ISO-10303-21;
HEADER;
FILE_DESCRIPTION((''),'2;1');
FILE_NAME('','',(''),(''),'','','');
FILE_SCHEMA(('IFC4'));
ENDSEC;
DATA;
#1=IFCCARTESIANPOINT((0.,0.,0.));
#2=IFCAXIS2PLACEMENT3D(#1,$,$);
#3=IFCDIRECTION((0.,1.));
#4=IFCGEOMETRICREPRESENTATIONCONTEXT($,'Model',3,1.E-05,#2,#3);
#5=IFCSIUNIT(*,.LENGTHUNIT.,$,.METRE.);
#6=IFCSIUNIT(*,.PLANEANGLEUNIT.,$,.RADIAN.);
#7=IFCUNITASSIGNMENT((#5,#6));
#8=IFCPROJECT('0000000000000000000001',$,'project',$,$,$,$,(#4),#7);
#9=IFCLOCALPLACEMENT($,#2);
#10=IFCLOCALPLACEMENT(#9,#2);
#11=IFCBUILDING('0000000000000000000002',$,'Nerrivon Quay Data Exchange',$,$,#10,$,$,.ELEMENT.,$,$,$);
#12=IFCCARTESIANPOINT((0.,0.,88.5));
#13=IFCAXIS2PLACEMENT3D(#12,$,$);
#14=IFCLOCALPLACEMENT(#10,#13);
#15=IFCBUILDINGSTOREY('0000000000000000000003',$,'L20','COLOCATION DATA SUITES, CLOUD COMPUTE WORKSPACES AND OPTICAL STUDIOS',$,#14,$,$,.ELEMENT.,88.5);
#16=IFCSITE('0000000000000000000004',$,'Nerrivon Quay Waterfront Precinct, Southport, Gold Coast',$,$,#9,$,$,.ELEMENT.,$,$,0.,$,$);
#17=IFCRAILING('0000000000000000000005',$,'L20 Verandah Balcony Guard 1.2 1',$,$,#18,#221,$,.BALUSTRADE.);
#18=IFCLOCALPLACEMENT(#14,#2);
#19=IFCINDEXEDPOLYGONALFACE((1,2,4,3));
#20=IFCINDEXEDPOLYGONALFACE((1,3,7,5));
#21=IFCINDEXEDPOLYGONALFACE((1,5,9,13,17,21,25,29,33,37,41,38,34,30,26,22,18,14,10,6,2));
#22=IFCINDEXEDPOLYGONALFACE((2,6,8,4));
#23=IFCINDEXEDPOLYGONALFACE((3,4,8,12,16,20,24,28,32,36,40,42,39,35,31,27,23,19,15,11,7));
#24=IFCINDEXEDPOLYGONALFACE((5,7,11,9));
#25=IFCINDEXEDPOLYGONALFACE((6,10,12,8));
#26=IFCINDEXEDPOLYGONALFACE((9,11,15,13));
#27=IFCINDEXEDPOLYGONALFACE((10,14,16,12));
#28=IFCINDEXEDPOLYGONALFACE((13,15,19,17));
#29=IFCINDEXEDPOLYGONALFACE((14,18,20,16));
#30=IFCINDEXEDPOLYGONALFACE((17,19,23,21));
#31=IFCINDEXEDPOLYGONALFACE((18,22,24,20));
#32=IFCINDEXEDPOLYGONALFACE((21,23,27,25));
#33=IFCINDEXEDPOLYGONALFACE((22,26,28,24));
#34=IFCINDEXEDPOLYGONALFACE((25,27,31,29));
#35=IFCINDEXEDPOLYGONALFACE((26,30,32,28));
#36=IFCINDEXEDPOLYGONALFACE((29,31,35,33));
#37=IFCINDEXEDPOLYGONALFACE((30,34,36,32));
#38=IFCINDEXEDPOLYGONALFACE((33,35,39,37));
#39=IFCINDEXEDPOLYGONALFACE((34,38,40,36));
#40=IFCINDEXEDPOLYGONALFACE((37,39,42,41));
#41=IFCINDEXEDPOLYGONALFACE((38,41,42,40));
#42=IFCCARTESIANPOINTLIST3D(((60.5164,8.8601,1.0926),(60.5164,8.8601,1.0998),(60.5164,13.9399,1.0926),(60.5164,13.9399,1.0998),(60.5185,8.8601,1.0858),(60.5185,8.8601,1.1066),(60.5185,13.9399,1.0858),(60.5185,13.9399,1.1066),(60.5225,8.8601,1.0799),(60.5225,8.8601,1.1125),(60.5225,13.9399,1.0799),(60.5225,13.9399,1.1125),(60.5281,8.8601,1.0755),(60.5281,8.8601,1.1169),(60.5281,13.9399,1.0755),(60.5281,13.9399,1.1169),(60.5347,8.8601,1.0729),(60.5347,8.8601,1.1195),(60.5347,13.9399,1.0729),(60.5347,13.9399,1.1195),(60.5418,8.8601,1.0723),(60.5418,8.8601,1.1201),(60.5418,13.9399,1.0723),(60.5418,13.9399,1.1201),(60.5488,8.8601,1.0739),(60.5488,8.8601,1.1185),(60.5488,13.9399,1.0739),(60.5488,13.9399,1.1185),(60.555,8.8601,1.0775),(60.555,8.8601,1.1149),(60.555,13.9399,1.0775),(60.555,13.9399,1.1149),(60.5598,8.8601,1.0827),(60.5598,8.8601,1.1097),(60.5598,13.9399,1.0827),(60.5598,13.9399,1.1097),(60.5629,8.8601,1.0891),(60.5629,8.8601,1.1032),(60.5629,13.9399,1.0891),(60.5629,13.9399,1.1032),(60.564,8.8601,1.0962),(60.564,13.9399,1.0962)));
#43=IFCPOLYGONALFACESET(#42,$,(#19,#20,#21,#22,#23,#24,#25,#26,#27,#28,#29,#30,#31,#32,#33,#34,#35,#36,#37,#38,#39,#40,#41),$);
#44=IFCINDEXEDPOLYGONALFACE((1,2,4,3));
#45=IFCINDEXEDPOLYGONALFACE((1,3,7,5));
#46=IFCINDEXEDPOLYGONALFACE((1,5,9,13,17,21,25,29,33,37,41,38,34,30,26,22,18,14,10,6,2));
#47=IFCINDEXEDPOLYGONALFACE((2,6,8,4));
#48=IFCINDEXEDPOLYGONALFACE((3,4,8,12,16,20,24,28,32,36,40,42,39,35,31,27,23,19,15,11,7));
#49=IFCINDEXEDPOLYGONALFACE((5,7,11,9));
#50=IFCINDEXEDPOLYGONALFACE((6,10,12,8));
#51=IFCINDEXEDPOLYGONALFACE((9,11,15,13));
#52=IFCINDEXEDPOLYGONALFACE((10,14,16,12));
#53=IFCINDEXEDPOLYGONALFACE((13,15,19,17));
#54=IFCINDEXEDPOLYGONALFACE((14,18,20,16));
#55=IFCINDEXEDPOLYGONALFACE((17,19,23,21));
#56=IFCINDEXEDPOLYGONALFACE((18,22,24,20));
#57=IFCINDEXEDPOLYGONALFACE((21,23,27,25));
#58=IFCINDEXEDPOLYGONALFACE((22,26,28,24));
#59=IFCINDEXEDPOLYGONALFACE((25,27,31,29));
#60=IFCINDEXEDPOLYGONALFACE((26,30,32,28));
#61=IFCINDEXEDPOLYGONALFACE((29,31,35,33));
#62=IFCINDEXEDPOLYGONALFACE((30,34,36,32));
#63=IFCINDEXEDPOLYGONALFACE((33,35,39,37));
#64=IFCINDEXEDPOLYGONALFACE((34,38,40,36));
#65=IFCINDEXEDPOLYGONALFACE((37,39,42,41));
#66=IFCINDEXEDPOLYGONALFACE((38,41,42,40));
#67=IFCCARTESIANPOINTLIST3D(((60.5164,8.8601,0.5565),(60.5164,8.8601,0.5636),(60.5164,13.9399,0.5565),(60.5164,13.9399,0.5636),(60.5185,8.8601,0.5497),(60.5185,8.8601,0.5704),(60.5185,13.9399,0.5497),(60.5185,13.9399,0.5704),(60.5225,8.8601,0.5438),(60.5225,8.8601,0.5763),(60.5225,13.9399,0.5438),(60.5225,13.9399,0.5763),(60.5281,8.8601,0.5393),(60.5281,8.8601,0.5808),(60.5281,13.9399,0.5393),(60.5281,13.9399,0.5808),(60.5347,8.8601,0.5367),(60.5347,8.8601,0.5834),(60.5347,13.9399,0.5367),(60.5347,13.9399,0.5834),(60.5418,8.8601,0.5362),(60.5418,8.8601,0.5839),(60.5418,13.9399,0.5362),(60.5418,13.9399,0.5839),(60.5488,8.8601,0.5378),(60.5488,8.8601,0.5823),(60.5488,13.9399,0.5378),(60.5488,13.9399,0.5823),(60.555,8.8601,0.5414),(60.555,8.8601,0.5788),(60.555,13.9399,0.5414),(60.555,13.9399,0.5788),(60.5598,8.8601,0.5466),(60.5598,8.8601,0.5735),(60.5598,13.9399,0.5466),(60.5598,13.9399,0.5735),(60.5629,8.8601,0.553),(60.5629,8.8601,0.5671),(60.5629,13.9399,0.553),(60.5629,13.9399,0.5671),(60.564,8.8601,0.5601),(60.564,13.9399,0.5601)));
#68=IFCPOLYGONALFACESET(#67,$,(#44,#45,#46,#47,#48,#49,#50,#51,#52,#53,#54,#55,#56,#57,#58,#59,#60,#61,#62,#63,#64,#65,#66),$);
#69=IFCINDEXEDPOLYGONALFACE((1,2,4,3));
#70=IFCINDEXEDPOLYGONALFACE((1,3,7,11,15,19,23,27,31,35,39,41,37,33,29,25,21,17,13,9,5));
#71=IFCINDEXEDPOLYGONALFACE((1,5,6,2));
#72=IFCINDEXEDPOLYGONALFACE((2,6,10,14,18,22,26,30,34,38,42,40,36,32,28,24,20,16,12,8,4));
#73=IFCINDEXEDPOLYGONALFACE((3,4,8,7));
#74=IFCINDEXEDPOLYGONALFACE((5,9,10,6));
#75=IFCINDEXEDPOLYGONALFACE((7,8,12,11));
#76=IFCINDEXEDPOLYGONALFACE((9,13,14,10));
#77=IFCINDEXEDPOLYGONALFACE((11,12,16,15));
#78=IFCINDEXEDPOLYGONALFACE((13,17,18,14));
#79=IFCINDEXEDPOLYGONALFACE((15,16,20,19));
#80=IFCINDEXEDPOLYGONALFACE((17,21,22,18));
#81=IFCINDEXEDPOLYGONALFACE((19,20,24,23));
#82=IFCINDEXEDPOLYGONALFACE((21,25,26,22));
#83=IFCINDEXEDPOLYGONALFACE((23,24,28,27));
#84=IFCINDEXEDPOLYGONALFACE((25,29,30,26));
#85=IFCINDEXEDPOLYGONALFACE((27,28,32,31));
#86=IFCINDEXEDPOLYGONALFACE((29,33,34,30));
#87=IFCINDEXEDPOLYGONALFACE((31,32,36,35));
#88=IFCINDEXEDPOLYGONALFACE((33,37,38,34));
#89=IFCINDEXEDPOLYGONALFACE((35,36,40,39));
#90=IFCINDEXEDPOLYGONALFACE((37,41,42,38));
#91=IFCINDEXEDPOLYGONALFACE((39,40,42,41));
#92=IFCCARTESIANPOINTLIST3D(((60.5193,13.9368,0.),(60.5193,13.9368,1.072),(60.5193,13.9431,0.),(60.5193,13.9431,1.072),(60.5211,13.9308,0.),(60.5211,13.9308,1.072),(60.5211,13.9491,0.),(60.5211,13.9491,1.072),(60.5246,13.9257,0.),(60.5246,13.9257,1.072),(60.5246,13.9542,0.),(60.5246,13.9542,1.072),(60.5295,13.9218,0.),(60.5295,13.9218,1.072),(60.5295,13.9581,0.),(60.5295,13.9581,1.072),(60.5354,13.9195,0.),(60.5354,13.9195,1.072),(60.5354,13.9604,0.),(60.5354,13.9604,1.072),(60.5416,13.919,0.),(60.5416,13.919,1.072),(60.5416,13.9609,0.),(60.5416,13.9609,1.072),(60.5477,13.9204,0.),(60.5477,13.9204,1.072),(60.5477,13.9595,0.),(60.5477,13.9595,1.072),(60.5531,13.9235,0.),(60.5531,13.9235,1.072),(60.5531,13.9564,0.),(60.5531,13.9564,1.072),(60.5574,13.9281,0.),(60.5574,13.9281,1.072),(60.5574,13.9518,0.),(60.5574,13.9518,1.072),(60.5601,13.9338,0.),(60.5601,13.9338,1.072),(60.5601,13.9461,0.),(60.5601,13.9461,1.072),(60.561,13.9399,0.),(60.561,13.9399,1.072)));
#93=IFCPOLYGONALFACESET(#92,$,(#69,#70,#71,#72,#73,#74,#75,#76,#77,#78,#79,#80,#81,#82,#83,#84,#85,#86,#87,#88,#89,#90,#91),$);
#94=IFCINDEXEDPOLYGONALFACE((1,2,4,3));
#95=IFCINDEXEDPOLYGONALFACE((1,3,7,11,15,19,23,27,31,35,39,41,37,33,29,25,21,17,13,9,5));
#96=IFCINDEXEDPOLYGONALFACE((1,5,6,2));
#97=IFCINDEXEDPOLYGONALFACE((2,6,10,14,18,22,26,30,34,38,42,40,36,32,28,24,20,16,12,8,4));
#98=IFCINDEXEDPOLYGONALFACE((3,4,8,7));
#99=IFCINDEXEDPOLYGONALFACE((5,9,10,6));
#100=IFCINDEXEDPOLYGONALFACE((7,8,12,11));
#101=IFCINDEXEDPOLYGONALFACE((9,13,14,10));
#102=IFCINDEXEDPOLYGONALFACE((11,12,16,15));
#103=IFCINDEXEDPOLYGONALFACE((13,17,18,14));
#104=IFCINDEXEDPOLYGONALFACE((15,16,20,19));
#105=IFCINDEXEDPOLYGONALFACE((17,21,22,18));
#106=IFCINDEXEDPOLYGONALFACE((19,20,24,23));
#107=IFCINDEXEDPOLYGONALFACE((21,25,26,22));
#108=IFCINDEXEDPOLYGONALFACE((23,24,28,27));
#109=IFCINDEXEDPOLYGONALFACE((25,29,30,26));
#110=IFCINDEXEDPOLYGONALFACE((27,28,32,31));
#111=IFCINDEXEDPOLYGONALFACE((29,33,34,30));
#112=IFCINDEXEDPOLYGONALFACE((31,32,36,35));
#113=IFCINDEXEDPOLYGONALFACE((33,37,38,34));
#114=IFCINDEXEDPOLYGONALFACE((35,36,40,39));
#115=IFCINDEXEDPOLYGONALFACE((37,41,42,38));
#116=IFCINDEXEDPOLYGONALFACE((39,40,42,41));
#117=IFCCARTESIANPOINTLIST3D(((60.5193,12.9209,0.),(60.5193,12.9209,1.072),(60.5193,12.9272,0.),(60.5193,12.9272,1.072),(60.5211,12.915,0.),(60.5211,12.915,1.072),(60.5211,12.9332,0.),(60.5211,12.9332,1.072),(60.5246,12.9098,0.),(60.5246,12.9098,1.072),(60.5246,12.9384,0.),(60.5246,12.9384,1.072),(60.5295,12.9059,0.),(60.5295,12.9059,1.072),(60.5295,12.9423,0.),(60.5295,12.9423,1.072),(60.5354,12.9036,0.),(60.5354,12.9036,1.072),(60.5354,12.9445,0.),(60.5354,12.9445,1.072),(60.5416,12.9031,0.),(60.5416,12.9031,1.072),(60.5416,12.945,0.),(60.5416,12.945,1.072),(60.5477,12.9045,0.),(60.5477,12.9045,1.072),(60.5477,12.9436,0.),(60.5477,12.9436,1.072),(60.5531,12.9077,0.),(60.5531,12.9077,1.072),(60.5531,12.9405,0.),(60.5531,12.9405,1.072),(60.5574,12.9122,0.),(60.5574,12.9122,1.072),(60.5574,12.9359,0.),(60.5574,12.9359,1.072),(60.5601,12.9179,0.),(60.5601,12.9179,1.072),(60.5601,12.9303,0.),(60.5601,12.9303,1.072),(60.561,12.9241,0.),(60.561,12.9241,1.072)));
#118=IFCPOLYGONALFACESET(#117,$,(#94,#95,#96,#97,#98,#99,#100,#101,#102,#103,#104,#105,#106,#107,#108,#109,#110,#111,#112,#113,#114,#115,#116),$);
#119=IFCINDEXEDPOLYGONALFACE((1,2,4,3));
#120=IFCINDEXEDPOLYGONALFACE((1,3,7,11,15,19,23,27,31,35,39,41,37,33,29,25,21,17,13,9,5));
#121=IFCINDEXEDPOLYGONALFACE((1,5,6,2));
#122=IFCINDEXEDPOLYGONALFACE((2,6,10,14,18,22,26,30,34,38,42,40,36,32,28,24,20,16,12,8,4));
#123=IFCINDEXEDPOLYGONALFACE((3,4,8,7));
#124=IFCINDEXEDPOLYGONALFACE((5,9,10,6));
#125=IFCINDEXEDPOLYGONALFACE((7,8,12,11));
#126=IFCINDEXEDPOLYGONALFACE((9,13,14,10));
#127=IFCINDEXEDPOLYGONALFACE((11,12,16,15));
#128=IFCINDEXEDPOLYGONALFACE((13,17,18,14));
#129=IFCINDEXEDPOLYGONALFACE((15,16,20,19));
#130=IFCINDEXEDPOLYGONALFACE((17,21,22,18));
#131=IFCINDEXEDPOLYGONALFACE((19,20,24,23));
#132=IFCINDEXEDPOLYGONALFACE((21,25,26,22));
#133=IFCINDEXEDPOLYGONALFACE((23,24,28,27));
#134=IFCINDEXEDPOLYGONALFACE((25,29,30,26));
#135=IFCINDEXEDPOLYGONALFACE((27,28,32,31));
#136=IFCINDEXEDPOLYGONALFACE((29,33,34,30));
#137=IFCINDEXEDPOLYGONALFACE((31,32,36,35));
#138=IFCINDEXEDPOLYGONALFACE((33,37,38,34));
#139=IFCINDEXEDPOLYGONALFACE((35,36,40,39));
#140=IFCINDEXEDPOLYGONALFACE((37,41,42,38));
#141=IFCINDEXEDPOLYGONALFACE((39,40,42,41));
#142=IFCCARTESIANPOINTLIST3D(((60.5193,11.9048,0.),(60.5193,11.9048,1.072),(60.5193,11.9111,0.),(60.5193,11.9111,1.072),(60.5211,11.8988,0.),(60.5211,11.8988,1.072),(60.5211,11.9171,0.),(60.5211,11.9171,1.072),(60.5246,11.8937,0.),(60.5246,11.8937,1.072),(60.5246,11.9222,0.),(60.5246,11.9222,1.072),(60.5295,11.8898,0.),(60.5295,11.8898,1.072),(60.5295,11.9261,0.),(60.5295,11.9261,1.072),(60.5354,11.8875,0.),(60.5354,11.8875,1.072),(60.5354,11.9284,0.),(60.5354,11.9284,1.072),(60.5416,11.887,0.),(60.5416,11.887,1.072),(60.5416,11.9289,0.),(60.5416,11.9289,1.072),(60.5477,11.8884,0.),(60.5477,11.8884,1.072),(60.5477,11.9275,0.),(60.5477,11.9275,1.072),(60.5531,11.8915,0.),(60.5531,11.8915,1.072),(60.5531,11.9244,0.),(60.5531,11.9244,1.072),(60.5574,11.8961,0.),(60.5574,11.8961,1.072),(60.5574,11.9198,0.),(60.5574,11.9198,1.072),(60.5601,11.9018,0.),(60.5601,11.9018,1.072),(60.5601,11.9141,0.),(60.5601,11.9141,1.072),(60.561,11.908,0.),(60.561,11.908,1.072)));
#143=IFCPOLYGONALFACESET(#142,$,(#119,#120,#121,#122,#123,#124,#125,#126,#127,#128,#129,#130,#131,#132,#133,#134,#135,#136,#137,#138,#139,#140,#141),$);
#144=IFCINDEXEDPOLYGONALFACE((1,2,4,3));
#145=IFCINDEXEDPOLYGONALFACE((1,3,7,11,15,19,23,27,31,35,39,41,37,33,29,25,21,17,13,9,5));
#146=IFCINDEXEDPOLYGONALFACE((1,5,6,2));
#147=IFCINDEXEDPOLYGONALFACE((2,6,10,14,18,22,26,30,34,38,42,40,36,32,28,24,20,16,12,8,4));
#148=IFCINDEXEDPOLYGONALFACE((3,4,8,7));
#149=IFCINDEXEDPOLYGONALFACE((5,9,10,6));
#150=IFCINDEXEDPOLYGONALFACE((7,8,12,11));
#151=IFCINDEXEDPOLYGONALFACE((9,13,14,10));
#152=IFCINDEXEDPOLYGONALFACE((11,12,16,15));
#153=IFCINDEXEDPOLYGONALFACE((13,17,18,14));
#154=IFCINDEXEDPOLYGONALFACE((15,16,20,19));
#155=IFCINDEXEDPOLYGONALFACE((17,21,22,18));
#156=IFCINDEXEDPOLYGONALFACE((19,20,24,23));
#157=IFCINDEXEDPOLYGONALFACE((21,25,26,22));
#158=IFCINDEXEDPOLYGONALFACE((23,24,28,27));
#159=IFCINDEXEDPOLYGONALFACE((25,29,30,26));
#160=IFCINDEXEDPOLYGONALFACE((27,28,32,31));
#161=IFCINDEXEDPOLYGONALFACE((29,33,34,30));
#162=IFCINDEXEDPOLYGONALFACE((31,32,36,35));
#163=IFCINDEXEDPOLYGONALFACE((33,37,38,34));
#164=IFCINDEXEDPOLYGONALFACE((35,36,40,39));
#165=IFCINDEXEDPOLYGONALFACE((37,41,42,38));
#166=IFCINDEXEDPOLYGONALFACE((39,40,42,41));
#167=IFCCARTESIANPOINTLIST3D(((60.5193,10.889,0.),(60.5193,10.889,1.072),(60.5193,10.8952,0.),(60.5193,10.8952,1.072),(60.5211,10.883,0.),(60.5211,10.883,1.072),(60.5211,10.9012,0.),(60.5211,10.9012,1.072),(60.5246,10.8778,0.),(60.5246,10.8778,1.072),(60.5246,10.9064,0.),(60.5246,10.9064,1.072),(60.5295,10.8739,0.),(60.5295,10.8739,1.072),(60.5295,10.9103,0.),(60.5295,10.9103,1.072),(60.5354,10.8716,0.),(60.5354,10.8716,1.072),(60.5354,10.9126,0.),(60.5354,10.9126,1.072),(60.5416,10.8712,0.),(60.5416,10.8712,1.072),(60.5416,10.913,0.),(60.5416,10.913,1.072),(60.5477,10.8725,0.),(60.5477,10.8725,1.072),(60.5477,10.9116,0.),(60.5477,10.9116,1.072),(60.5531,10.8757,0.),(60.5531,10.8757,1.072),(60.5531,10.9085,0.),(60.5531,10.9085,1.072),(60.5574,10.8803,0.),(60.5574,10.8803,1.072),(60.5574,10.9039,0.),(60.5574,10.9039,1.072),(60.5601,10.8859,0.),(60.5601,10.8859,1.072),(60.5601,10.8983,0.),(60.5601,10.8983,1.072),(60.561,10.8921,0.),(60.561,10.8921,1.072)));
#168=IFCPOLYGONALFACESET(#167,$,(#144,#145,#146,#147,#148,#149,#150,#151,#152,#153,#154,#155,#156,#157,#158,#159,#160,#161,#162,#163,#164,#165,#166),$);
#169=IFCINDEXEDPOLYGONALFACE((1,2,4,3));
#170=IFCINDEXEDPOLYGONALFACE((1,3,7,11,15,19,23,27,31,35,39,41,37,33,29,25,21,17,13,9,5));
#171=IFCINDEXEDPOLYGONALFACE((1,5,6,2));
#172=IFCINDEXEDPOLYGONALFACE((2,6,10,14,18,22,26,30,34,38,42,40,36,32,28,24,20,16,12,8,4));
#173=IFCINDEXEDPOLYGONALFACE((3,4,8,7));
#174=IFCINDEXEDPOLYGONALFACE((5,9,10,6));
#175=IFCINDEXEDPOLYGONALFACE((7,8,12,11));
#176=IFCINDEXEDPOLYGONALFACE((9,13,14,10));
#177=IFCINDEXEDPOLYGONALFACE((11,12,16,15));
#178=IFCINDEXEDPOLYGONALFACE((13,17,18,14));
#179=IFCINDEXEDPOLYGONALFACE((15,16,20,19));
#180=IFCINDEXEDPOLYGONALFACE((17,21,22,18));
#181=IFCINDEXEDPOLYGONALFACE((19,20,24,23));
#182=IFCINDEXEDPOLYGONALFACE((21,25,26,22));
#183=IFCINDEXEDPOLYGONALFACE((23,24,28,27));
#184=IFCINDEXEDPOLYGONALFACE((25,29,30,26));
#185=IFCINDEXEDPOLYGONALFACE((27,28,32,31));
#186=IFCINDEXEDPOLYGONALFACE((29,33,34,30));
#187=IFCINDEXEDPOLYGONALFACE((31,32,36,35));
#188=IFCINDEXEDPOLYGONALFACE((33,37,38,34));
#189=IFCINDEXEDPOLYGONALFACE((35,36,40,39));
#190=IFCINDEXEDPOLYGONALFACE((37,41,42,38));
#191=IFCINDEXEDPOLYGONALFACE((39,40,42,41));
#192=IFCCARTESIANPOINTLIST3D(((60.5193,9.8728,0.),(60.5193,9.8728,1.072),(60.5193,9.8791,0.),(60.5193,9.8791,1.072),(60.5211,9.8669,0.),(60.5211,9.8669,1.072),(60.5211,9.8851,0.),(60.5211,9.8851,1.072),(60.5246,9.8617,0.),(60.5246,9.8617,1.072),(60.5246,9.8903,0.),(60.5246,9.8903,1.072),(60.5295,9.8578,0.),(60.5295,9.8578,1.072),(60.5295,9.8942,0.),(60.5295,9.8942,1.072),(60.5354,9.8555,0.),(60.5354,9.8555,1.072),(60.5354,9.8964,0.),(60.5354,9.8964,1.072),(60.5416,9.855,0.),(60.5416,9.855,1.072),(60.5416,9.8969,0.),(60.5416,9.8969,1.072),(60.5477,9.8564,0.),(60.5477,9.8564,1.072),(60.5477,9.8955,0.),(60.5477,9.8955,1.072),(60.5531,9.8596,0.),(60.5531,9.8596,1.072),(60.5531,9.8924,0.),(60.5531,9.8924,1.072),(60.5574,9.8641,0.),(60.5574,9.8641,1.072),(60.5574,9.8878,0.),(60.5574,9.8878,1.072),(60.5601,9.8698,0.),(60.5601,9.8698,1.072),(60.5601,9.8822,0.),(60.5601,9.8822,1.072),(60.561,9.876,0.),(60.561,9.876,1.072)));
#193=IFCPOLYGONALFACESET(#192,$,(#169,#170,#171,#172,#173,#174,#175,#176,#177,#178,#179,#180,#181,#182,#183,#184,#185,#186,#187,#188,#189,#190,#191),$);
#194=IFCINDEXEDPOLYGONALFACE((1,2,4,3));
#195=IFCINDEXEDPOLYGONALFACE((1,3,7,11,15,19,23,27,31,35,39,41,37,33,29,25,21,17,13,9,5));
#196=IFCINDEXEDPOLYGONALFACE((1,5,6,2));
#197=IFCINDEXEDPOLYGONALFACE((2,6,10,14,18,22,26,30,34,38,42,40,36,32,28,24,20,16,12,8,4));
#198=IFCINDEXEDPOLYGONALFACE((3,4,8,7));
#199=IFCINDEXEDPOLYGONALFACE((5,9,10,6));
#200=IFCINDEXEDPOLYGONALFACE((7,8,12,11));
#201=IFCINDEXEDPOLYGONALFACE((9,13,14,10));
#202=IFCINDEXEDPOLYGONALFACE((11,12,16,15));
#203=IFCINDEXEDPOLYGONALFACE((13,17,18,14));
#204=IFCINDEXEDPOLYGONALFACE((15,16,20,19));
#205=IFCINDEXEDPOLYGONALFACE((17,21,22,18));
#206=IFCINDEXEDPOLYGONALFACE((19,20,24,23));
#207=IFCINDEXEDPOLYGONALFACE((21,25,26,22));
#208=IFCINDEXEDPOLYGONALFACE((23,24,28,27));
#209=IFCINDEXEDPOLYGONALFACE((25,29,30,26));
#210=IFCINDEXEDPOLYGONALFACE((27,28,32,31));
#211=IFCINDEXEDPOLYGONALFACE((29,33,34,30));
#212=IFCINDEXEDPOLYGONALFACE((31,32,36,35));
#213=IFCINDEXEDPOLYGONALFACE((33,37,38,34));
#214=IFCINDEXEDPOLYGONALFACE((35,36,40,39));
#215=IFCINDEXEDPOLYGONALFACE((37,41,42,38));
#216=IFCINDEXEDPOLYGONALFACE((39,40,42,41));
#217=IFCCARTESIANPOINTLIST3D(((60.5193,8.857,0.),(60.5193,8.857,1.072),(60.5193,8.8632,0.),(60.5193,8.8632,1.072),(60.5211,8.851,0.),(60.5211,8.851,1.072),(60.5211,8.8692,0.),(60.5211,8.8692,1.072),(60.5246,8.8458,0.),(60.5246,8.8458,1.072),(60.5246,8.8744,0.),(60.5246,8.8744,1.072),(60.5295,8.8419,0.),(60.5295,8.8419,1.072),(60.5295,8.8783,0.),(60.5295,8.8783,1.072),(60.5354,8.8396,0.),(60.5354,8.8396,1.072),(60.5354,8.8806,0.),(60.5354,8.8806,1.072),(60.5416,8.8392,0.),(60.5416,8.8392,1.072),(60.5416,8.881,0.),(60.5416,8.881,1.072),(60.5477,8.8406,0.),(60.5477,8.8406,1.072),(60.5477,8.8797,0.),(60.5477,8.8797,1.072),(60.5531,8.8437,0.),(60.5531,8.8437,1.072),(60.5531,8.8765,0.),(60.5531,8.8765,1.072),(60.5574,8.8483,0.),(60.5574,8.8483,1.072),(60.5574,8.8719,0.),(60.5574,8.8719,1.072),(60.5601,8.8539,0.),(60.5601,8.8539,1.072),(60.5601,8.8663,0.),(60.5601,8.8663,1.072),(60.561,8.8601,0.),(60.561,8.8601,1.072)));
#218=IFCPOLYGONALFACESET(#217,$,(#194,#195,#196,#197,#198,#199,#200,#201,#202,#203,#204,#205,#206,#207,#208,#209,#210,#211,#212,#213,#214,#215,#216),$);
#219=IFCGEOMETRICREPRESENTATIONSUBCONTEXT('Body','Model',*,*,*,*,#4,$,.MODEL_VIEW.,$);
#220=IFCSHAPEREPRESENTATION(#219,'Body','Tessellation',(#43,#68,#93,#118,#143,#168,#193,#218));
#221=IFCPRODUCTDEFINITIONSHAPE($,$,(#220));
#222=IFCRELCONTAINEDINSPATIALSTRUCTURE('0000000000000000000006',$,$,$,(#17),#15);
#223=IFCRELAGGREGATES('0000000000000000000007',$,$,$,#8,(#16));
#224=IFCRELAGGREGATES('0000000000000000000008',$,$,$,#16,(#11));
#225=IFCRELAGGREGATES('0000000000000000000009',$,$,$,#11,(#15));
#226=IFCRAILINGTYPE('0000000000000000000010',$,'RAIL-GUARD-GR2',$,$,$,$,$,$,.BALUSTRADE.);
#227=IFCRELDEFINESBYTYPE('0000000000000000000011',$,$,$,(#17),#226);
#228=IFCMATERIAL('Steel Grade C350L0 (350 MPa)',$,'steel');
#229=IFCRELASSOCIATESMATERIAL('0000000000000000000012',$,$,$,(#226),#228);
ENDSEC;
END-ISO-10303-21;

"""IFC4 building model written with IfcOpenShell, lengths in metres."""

from ifc_helpers import new_model, si_unit, direction, frame, origin, origin_2d, place, context, subcontext, project, spatial, circle, extrude, material, type_object, element, save


model = new_model("IFC4")

# Units and contexts
model_context = context("Model", 3, precision=1e-05, world=origin(), true_north=direction((0.0, 1.0)))
body_context = subcontext(model_context, "Body", "Model", "MODEL_VIEW")
ifc_project = project(units=[si_unit("LENGTHUNIT", "METRE"), si_unit("PLANEANGLEUNIT", "RADIAN")], contexts=[model_context])

# Site, building, storey
site_placement = place(None, origin())
site = spatial("IfcSite", under=ifc_project, at=site_placement, Name="Nerrivon Quay Waterfront Precinct, Southport, Gold Coast", CompositionType="ELEMENT", RefElevation=0.0)
building_placement = place(site_placement, origin())
building = spatial("IfcBuilding", under=site, at=building_placement, Name="Nerrivon Quay Data Exchange", CompositionType="ELEMENT")
storey_placement = place(building_placement, frame((0.0, 0.0, 88.5)))
storey = spatial("IfcBuildingStorey", under=building, at=storey_placement, Name="L20", Description="COLOCATION DATA SUITES, CLOUD COMPUTE WORKSPACES AND OPTICAL STUDIOS", CompositionType="ELEMENT", Elevation=88.5)

# Railing
ifc_material_1 = material(Name="Steel Grade C350L0 (350 MPa)", Category="steel")
railing_type = type_object("IfcRailingType", Name="RAIL-GUARD-GR2", PredefinedType="BALUSTRADE", material=ifc_material_1)
railing_1_placement = place(storey_placement, frame((60.54, 13.9399, 0.0)))
element("IfcRailing", 1, at=railing_1_placement, inside=storey, type_object=railing_type, Name="L20 Verandah Balcony Guard 1.2 1", PredefinedType="BALUSTRADE", context=body_context, shape_type="SweptSolid", body=[
    extrude(circle(Radius=0.0239, at=origin_2d()), frame((0.0, 0.0, 1.0962), z_axis=(0.0, -1.0, 0.0), x_axis=(1.0, 0.0, 0.0)), (0.0, 0.0, 1.0), 5.0798),
    extrude(circle(Radius=0.0239, at=origin_2d()), frame((0.0, 0.0, 0.5601), z_axis=(0.0, -1.0, 0.0), x_axis=(1.0, 0.0, 0.0)), (0.0, 0.0, 1.0), 5.0798),
    extrude(circle(Radius=0.021, at=origin_2d()), origin(), (0.0, 0.0, 1.0), 1.072),
    extrude(circle(Radius=0.021, at=origin_2d()), frame((0.0, -1.0159, 0.0)), (0.0, 0.0, 1.0), 1.072),
    extrude(circle(Radius=0.021, at=origin_2d()), frame((0.0, -2.032, 0.0)), (0.0, 0.0, 1.0), 1.072),
    extrude(circle(Radius=0.021, at=origin_2d()), frame((0.0, -3.0479, 0.0)), (0.0, 0.0, 1.0), 1.072),
    extrude(circle(Radius=0.021, at=origin_2d()), frame((0.0, -4.064, 0.0)), (0.0, 0.0, 1.0), 1.072),
    extrude(circle(Radius=0.021, at=origin_2d()), frame((0.0, -5.0798, 0.0)), (0.0, 0.0, 1.0), 1.072),
])

save(model, "model.ifc")
